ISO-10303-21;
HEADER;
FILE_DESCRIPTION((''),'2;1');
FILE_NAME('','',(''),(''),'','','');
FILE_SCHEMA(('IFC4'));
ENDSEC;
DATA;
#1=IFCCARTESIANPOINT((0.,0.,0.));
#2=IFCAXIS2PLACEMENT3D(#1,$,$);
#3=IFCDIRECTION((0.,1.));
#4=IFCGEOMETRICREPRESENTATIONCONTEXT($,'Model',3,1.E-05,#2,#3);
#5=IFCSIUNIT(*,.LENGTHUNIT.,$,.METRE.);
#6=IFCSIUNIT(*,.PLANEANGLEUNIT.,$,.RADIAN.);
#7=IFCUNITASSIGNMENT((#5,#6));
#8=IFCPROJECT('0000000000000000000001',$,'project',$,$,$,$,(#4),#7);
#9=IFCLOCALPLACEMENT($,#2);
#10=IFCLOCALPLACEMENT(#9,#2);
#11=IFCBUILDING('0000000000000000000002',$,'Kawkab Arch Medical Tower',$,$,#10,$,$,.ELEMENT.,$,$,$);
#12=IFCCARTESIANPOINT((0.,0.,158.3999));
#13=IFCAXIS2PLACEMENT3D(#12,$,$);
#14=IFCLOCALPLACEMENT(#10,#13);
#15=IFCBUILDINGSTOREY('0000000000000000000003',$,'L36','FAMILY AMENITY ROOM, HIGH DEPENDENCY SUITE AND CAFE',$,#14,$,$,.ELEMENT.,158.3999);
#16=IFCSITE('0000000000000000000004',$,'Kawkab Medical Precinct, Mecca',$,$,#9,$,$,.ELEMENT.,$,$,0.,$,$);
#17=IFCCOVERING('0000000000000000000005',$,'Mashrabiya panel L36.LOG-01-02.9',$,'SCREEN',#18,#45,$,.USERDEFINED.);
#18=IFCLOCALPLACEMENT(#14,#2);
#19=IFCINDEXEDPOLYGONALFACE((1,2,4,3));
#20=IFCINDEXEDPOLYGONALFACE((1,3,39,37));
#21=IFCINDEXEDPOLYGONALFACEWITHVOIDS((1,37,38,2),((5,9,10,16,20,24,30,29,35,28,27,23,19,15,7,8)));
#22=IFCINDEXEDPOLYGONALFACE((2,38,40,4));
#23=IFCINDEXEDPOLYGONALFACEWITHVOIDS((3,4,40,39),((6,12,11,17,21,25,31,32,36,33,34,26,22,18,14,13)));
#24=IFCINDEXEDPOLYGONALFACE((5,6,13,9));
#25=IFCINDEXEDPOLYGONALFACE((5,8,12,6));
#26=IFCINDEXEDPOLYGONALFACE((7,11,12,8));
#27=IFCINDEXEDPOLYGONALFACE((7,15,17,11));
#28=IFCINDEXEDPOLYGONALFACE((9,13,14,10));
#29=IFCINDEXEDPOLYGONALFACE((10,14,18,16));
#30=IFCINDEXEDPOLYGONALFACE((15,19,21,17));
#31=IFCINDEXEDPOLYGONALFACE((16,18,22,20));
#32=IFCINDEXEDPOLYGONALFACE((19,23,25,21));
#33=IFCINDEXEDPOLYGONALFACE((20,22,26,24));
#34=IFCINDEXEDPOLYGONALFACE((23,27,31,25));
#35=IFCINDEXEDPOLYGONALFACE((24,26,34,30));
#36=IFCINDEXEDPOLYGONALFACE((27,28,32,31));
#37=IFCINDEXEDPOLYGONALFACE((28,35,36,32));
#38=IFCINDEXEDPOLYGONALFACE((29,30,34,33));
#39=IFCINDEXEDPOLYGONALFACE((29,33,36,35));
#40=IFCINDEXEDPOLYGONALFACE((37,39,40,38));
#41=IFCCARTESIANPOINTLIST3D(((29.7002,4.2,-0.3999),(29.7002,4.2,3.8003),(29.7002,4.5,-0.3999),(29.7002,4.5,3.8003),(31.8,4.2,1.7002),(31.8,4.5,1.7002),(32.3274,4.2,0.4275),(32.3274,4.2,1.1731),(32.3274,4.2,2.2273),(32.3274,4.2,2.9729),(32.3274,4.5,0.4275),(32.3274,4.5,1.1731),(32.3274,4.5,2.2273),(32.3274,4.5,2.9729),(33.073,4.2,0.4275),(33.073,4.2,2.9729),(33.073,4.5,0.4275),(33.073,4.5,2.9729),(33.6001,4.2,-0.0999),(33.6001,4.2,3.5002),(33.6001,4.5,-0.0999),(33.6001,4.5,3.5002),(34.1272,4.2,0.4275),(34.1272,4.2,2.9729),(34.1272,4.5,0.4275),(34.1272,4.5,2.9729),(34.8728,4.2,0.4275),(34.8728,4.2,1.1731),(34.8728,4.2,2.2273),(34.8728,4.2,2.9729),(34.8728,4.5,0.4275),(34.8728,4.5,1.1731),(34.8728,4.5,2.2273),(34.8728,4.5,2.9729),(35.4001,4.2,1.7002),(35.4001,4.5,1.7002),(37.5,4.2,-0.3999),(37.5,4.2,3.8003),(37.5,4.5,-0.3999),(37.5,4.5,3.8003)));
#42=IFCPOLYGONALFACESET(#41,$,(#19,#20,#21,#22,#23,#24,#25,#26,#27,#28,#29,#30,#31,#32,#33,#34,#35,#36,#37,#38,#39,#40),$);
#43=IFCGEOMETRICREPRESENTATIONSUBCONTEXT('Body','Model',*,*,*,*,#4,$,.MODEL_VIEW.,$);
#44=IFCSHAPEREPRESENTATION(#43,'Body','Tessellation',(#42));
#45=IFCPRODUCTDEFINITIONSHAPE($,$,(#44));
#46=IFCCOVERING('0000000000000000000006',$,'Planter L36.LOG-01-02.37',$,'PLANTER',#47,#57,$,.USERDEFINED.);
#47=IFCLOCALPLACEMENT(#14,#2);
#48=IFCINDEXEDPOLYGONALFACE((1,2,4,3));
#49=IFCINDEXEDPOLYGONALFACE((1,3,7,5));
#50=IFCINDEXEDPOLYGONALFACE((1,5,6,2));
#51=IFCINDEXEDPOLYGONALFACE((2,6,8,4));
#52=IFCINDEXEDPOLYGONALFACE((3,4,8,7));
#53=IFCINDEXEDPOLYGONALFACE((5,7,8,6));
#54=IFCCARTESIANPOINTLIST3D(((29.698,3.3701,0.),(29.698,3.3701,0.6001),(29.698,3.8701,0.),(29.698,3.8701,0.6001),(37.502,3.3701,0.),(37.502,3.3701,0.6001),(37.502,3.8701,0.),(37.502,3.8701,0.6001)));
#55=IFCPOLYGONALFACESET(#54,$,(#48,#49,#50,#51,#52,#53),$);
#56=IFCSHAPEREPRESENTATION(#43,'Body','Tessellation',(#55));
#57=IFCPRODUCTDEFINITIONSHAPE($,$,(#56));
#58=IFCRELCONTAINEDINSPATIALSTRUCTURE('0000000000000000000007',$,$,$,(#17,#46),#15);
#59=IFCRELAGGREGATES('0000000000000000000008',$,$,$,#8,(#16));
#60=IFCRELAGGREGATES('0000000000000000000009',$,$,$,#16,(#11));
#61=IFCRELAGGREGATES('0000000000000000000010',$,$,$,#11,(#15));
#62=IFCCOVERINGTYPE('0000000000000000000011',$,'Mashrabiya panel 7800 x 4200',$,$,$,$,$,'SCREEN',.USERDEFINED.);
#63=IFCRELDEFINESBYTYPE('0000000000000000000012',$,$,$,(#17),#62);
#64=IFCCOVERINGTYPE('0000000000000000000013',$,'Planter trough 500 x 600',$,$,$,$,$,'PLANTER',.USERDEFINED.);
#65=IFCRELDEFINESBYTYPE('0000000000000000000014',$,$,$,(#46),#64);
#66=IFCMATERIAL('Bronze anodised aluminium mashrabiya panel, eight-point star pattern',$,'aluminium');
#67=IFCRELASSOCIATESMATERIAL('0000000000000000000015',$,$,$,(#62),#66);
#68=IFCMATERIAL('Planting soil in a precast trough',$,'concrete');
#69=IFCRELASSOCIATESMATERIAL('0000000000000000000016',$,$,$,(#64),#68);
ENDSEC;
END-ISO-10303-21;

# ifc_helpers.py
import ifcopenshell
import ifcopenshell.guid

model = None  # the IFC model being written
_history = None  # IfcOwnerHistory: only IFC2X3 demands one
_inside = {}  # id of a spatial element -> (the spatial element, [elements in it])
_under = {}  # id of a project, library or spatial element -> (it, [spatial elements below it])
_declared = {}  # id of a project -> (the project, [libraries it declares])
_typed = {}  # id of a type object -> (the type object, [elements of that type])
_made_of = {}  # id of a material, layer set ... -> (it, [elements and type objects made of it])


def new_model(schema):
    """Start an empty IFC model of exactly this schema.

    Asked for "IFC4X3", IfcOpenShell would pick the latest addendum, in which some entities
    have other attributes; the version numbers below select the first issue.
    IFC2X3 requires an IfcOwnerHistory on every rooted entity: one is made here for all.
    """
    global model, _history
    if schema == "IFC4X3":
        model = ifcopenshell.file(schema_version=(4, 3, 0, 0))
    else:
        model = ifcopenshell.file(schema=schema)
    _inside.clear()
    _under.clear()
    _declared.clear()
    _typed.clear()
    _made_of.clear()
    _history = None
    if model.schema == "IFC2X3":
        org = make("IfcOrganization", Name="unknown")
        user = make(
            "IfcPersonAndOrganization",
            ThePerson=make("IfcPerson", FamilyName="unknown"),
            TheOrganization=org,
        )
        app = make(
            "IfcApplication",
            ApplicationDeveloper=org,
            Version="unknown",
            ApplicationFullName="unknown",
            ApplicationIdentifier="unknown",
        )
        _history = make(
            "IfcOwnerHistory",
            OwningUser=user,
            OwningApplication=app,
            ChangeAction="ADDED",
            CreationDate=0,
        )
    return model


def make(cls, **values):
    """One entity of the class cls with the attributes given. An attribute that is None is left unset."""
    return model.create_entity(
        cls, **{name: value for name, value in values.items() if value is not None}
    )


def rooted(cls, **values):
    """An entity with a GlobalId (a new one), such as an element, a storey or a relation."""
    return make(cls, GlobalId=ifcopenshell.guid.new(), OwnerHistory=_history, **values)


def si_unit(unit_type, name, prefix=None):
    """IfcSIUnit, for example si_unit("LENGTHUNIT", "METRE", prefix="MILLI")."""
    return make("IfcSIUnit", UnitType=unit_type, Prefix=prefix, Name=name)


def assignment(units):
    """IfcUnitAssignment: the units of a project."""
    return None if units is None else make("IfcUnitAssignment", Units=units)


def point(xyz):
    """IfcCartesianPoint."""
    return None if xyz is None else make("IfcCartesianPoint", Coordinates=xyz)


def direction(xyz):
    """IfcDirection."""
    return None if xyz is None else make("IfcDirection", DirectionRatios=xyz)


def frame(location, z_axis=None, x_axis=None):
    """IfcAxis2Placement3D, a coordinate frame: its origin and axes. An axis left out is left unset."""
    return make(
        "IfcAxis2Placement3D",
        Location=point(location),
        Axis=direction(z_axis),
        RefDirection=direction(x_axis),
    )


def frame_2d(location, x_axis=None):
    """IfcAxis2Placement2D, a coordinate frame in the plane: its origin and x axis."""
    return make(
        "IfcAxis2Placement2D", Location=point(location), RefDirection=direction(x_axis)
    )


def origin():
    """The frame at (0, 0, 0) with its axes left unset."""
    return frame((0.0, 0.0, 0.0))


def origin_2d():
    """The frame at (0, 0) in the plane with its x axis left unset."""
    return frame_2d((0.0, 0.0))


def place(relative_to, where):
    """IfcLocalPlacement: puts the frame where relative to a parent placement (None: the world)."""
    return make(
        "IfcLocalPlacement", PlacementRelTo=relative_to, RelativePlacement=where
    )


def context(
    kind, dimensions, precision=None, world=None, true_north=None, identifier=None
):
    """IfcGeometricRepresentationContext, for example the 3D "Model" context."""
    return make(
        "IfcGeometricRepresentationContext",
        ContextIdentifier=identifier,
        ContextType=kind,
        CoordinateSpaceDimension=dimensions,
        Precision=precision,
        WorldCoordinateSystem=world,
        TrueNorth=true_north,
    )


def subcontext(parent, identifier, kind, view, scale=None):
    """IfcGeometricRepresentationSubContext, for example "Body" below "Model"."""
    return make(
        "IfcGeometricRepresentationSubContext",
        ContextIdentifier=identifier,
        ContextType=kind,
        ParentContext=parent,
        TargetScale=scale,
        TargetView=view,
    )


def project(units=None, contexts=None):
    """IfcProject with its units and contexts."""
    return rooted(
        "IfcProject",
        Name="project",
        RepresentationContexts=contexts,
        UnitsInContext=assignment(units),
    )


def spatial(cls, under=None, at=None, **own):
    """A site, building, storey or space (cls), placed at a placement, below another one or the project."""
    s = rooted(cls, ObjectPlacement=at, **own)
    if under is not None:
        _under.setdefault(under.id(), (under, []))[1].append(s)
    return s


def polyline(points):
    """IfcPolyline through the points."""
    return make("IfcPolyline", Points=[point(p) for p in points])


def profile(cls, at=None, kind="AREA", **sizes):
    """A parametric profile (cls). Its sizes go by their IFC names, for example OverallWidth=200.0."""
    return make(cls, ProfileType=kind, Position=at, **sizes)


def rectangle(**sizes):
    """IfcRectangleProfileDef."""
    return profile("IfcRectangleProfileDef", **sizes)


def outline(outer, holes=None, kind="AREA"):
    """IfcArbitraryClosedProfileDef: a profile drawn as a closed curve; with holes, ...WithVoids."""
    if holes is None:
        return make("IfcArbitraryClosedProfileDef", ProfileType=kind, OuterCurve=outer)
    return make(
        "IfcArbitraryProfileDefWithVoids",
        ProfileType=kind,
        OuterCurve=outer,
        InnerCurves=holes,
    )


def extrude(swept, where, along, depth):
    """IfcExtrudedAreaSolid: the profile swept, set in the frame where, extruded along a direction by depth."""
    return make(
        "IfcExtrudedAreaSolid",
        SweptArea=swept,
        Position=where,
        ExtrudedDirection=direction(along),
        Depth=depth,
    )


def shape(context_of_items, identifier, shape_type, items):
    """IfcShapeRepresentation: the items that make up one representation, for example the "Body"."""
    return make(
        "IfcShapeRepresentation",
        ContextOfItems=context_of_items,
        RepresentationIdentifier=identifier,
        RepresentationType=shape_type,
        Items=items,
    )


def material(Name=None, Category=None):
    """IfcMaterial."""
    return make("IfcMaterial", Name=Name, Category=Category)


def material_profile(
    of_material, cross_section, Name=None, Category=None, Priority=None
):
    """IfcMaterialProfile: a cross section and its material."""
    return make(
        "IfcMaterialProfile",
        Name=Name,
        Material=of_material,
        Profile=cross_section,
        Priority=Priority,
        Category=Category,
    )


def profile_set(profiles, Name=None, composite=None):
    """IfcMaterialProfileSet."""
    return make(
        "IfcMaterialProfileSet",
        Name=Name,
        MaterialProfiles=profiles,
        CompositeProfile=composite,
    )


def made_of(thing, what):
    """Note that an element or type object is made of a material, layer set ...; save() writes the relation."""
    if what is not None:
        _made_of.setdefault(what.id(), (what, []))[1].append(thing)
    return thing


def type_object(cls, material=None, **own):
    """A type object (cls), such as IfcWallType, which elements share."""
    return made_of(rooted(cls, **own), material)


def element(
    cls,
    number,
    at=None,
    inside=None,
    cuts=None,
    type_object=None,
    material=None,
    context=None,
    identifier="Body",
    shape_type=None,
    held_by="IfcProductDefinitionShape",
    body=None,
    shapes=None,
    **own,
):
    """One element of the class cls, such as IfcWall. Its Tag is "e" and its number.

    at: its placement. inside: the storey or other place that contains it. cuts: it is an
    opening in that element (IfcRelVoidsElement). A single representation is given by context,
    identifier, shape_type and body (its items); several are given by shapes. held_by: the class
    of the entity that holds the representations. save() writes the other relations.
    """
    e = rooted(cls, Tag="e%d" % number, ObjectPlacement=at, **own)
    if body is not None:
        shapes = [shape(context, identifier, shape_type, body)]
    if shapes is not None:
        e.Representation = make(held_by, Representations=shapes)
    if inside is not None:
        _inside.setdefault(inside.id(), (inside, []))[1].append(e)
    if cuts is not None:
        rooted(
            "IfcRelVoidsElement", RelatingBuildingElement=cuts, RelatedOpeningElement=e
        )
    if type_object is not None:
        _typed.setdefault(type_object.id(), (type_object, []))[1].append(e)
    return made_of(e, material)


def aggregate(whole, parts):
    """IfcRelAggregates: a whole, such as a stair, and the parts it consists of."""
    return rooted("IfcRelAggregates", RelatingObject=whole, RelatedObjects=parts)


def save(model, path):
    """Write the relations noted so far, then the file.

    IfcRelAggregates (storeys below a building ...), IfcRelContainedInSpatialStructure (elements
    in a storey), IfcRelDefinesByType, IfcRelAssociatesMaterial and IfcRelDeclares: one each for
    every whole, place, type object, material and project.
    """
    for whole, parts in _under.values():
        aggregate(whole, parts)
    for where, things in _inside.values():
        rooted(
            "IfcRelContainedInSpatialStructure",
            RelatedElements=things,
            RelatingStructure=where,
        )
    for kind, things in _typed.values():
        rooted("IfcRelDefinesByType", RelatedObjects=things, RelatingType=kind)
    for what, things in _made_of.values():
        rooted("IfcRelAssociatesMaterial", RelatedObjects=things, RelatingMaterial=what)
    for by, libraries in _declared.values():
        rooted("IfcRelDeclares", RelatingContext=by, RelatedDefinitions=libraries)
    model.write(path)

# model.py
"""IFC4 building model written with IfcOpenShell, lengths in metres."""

from ifc_helpers import new_model, si_unit, direction, frame, origin, origin_2d, place, context, subcontext, project, spatial, polyline, rectangle, outline, extrude, material, material_profile, profile_set, type_object, element, save


model = new_model("IFC4")

# Units and contexts
model_context = context("Model", 3, precision=1e-05, world=origin(), true_north=direction((0.0, 1.0)))
body_context = subcontext(model_context, "Body", "Model", "MODEL_VIEW")
ifc_project = project(units=[si_unit("LENGTHUNIT", "METRE"), si_unit("PLANEANGLEUNIT", "RADIAN")], contexts=[model_context])

# Site, building, storey
site_placement = place(None, origin())
site = spatial("IfcSite", under=ifc_project, at=site_placement, Name="Kawkab Medical Precinct, Mecca", CompositionType="ELEMENT", RefElevation=0.0)
building_placement = place(site_placement, origin())
building = spatial("IfcBuilding", under=site, at=building_placement, Name="Kawkab Arch Medical Tower", CompositionType="ELEMENT")
storey_placement = place(building_placement, frame((0.0, 0.0, 158.3999)))
storey = spatial("IfcBuildingStorey", under=building, at=storey_placement, Name="L36", Description="FAMILY AMENITY ROOM, HIGH DEPENDENCY SUITE AND CAFE", CompositionType="ELEMENT", Elevation=158.3999)

# Coverings
ifc_material_1 = material(Name="Bronze anodised aluminium mashrabiya panel, eight-point star pattern", Category="aluminium")
ifc_material_profile_1 = material_profile(ifc_material_1, outline(polyline([(-3.8999, -2.1001), (3.8999, -2.1001), (3.8999, 2.1001), (-3.8999, 2.1001), (-3.8999, -2.1001)]), holes=[polyline([(1.8, 0.0), (1.2727, 0.5271), (1.2727, 1.2727), (0.5271, 1.2727), (0.0, 1.8), (-0.5271, 1.2727), (-1.2727, 1.2727), (-1.2727, 0.5271), (-1.8, 0.0), (-1.2727, -0.5271), (-1.2727, -1.2727), (-0.5271, -1.2727), (0.0, -1.8), (0.5271, -1.2727), (1.2727, -1.2727), (1.2727, -0.5271), (1.8, 0.0)])]), Name="Mashrabiya panel 7800x4200")
ifc_profile_set_1 = profile_set([ifc_material_profile_1], Name="Bronze anodised aluminium mashrabiya panel, eight-point star pattern")
covering_type_1 = type_object("IfcCoveringType", Name="Mashrabiya panel 7800 x 4200", ElementType="SCREEN", PredefinedType="USERDEFINED", material=ifc_profile_set_1)
covering_1_placement = place(storey_placement, frame((33.6001, 4.2, 1.7002), z_axis=(0.0, 1.0, 0.0), x_axis=(-1.0, 0.0, 0.0)))
element("IfcCovering", 1, at=covering_1_placement, inside=storey, type_object=covering_type_1, Name="Mashrabiya panel L36.LOG-01-02.9", ObjectType="SCREEN", PredefinedType="USERDEFINED", context=body_context, shape_type="SweptSolid", body=[
    extrude(outline(polyline([(-3.8999, -2.1001), (3.8999, -2.1001), (3.8999, 2.1001), (-3.8999, 2.1001), (-3.8999, -2.1001)]), holes=[polyline([(1.8, 0.0), (1.2727, 0.5271), (1.2727, 1.2727), (0.5271, 1.2727), (0.0, 1.8), (-0.5271, 1.2727), (-1.2727, 1.2727), (-1.2727, 0.5271), (-1.8, 0.0), (-1.2727, -0.5271), (-1.2727, -1.2727), (-0.5271, -1.2727), (0.0, -1.8), (0.5271, -1.2727), (1.2727, -1.2727), (1.2727, -0.5271), (1.8, 0.0)])]), origin(), (0.0, 0.0, 1.0), 0.3),
])
ifc_material_2 = material(Name="Planting soil in a precast trough", Category="concrete")
ifc_material_profile_2 = material_profile(ifc_material_2, rectangle(XDim=0.5, YDim=0.6001, at=origin_2d()), Name="Trough 500x600")
ifc_profile_set_2 = profile_set([ifc_material_profile_2], Name="Planting soil in a precast trough")
covering_type_2 = type_object("IfcCoveringType", Name="Planter trough 500 x 600", ElementType="PLANTER", PredefinedType="USERDEFINED", material=ifc_profile_set_2)
covering_2_placement = place(storey_placement, frame((29.698, 3.6201, 0.3), z_axis=(1.0, 0.0, 0.0), x_axis=(0.0, 1.0, 0.0)))
element("IfcCovering", 2, at=covering_2_placement, inside=storey, type_object=covering_type_2, Name="Planter L36.LOG-01-02.37", ObjectType="PLANTER", PredefinedType="USERDEFINED", context=body_context, shape_type="SweptSolid", body=[
    extrude(rectangle(XDim=0.5, YDim=0.6001, at=origin_2d()), origin(), (0.0, 0.0, 1.0), 7.804),
])

save(model, "model.ifc")
